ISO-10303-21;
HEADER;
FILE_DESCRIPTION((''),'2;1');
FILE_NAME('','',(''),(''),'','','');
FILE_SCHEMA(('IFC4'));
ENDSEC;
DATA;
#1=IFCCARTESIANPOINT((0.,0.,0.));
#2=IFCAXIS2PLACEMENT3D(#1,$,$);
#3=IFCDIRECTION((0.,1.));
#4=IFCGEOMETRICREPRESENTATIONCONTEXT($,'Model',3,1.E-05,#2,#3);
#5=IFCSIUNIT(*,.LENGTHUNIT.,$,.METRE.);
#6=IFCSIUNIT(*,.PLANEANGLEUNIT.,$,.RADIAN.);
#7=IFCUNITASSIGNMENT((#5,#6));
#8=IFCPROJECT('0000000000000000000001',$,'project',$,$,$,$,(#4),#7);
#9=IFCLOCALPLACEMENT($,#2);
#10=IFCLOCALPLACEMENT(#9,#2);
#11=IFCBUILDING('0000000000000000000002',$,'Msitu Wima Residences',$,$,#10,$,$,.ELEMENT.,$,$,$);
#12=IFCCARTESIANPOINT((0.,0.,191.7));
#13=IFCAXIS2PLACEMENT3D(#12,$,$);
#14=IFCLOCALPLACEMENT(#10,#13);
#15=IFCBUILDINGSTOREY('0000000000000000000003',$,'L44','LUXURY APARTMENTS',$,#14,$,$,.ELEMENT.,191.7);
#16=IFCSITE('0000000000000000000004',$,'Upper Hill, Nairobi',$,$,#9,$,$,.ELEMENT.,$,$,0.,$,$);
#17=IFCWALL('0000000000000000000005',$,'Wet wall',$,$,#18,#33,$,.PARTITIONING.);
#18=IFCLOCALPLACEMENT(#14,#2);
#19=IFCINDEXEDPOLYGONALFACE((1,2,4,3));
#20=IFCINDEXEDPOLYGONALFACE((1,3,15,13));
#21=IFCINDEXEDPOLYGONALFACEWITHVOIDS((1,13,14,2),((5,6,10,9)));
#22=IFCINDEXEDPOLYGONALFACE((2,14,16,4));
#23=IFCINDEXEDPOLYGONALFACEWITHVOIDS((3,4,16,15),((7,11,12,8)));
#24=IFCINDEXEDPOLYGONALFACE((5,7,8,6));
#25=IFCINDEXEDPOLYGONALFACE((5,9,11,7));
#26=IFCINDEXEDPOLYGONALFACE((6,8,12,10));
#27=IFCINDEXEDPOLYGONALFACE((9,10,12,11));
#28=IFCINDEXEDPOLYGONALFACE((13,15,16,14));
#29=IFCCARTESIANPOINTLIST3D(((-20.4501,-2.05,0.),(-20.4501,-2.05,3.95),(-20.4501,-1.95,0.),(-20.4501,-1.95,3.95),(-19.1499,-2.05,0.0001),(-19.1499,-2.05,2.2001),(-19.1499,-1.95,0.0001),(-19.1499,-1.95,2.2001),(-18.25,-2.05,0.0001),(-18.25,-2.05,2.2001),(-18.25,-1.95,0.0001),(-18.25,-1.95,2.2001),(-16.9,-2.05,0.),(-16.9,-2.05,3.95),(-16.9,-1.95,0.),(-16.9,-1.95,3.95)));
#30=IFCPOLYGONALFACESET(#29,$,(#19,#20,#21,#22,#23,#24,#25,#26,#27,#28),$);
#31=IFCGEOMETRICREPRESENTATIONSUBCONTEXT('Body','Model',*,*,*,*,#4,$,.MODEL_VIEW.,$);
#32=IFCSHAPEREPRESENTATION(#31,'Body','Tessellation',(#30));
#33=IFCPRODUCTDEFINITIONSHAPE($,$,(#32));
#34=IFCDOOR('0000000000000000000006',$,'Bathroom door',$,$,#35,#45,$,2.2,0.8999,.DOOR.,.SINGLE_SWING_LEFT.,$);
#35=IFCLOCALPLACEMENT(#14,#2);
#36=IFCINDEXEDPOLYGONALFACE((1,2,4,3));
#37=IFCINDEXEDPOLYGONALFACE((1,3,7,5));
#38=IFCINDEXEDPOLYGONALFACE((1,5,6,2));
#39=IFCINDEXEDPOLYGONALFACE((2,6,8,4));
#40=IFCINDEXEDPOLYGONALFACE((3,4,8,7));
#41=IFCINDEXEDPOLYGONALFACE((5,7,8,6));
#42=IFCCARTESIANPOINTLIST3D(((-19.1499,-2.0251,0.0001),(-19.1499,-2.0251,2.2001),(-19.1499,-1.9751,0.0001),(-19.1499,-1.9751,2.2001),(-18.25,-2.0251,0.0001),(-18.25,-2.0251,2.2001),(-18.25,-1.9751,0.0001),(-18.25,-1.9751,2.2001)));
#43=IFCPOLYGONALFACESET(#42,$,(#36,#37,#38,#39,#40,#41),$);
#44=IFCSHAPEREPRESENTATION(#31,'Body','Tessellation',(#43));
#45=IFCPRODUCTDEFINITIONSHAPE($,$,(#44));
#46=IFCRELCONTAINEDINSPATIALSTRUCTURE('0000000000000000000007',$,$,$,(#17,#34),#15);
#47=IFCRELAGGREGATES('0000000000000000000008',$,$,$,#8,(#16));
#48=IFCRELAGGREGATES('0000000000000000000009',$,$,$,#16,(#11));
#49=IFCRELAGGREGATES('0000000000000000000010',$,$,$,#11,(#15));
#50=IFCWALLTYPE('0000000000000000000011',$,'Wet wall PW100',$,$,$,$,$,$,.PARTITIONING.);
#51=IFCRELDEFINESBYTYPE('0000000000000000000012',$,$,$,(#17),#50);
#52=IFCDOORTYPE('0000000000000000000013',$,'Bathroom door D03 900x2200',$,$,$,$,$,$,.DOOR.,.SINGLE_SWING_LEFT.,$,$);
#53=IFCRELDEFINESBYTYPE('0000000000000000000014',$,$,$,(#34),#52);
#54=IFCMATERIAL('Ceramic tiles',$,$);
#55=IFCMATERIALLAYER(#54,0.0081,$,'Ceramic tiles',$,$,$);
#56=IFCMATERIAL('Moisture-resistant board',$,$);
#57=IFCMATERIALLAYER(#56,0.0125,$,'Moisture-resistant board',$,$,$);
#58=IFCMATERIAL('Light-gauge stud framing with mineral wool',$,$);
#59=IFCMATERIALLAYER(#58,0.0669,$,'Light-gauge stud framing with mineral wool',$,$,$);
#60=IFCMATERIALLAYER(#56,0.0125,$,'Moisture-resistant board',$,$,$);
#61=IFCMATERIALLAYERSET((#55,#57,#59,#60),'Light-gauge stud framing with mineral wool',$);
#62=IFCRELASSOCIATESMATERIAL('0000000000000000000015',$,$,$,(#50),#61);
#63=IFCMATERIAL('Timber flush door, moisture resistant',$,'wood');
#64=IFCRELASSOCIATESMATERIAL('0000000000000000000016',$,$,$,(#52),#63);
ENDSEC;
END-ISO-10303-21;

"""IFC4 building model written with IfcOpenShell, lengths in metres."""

from ifc_helpers import new_model, si_unit, direction, frame, frame_2d, origin, place, context, subcontext, project, spatial, rectangle, extrude, material, layer, layer_set, type_object, element, fill, save


model = new_model("IFC4")

# Units and contexts
model_context = context("Model", 3, precision=1e-05, world=origin(), true_north=direction((0.0, 1.0)))
body_context = subcontext(model_context, "Body", "Model", "MODEL_VIEW")
ifc_project = project(units=[si_unit("LENGTHUNIT", "METRE"), si_unit("PLANEANGLEUNIT", "RADIAN")], contexts=[model_context])

# Site, building, storey
site_placement = place(None, origin())
site = spatial("IfcSite", under=ifc_project, at=site_placement, Name="Upper Hill, Nairobi", CompositionType="ELEMENT", RefElevation=0.0)
building_placement = place(site_placement, origin())
building = spatial("IfcBuilding", under=site, at=building_placement, Name="Msitu Wima Residences", CompositionType="ELEMENT")
storey_placement = place(building_placement, frame((0.0, 0.0, 191.7)))
storey = spatial("IfcBuildingStorey", under=building, at=storey_placement, Name="L44", Description="LUXURY APARTMENTS", CompositionType="ELEMENT", Elevation=191.7)

# Shared definitions
ifc_material_1 = material(Name="Light-gauge stud framing with mineral wool")

# Shared definitions
ifc_material_2 = material(Name="Ceramic tiles")
ifc_layer_1 = layer(ifc_material_2, 0.0081, Name="Ceramic tiles")
ifc_material_3 = material(Name="Moisture-resistant board")
ifc_layer_2 = layer(ifc_material_3, 0.0125, Name="Moisture-resistant board")
ifc_layer_3 = layer(ifc_material_1, 0.0669, Name="Light-gauge stud framing with mineral wool")
ifc_layer_4 = layer(ifc_material_3, 0.0125, Name="Moisture-resistant board")
ifc_layer_set_1 = layer_set([ifc_layer_1, ifc_layer_2, ifc_layer_3, ifc_layer_4], Name="Light-gauge stud framing with mineral wool")
wall_type_1 = type_object("IfcWallType", Name="Wet wall PW100", PredefinedType="PARTITIONING", material=ifc_layer_set_1)

# Wall, opening, door
wall_1_placement = place(storey_placement, frame((-20.45, -2.0, 0.0), z_axis=(0.0, 0.0, 1.0), x_axis=(1.0, 0.0, 0.0)))
wall_1 = element("IfcWall", 1, at=wall_1_placement, inside=storey, type_object=wall_type_1, Name="Wet wall", PredefinedType="PARTITIONING", context=body_context, shape_type="SweptSolid", body=[
    extrude(rectangle(XDim=3.55, YDim=0.1001, at=frame_2d((1.7749, 0.0))), origin(), (0.0, 0.0, 1.0), 3.95),
])
opening_1_placement = place(wall_1_placement, frame((1.3, 0.0, 0.0)))
opening_1 = element("IfcOpeningElement", 2, at=opening_1_placement, cuts=wall_1, PredefinedType="OPENING", context=body_context, shape_type="SweptSolid", body=[
    extrude(rectangle(XDim=0.8999, YDim=2.2, at=frame_2d((0.45, 1.1001))), frame((0.0, 0.0601, 0.0), z_axis=(0.0, -1.0, 0.0), x_axis=(1.0, 0.0, 0.0)), (0.0, 0.0, 1.0), 0.1201),
])
ifc_material_4 = material(Name="Timber flush door, moisture resistant", Category="wood")
door_type_1 = type_object("IfcDoorType", Name="Bathroom door D03 900x2200", OperationType="SINGLE_SWING_LEFT", PredefinedType="DOOR", material=ifc_material_4)
door_1_placement = place(opening_1_placement, origin())
door_1 = element("IfcDoor", 3, at=door_1_placement, inside=storey, type_object=door_type_1, Name="Bathroom door", OperationType="SINGLE_SWING_LEFT", OverallHeight=2.2, OverallWidth=0.8999, PredefinedType="DOOR", context=body_context, shape_type="SweptSolid", body=[
    extrude(rectangle(XDim=0.8999, YDim=2.2, at=frame_2d((0.45, 1.1001))), frame((0.0, 0.0249, 0.0), z_axis=(0.0, -1.0, 0.0), x_axis=(1.0, 0.0, 0.0)), (0.0, 0.0, 1.0), 0.05),
])
fill(opening_1, door_1)

save(model, "model.ifc")
